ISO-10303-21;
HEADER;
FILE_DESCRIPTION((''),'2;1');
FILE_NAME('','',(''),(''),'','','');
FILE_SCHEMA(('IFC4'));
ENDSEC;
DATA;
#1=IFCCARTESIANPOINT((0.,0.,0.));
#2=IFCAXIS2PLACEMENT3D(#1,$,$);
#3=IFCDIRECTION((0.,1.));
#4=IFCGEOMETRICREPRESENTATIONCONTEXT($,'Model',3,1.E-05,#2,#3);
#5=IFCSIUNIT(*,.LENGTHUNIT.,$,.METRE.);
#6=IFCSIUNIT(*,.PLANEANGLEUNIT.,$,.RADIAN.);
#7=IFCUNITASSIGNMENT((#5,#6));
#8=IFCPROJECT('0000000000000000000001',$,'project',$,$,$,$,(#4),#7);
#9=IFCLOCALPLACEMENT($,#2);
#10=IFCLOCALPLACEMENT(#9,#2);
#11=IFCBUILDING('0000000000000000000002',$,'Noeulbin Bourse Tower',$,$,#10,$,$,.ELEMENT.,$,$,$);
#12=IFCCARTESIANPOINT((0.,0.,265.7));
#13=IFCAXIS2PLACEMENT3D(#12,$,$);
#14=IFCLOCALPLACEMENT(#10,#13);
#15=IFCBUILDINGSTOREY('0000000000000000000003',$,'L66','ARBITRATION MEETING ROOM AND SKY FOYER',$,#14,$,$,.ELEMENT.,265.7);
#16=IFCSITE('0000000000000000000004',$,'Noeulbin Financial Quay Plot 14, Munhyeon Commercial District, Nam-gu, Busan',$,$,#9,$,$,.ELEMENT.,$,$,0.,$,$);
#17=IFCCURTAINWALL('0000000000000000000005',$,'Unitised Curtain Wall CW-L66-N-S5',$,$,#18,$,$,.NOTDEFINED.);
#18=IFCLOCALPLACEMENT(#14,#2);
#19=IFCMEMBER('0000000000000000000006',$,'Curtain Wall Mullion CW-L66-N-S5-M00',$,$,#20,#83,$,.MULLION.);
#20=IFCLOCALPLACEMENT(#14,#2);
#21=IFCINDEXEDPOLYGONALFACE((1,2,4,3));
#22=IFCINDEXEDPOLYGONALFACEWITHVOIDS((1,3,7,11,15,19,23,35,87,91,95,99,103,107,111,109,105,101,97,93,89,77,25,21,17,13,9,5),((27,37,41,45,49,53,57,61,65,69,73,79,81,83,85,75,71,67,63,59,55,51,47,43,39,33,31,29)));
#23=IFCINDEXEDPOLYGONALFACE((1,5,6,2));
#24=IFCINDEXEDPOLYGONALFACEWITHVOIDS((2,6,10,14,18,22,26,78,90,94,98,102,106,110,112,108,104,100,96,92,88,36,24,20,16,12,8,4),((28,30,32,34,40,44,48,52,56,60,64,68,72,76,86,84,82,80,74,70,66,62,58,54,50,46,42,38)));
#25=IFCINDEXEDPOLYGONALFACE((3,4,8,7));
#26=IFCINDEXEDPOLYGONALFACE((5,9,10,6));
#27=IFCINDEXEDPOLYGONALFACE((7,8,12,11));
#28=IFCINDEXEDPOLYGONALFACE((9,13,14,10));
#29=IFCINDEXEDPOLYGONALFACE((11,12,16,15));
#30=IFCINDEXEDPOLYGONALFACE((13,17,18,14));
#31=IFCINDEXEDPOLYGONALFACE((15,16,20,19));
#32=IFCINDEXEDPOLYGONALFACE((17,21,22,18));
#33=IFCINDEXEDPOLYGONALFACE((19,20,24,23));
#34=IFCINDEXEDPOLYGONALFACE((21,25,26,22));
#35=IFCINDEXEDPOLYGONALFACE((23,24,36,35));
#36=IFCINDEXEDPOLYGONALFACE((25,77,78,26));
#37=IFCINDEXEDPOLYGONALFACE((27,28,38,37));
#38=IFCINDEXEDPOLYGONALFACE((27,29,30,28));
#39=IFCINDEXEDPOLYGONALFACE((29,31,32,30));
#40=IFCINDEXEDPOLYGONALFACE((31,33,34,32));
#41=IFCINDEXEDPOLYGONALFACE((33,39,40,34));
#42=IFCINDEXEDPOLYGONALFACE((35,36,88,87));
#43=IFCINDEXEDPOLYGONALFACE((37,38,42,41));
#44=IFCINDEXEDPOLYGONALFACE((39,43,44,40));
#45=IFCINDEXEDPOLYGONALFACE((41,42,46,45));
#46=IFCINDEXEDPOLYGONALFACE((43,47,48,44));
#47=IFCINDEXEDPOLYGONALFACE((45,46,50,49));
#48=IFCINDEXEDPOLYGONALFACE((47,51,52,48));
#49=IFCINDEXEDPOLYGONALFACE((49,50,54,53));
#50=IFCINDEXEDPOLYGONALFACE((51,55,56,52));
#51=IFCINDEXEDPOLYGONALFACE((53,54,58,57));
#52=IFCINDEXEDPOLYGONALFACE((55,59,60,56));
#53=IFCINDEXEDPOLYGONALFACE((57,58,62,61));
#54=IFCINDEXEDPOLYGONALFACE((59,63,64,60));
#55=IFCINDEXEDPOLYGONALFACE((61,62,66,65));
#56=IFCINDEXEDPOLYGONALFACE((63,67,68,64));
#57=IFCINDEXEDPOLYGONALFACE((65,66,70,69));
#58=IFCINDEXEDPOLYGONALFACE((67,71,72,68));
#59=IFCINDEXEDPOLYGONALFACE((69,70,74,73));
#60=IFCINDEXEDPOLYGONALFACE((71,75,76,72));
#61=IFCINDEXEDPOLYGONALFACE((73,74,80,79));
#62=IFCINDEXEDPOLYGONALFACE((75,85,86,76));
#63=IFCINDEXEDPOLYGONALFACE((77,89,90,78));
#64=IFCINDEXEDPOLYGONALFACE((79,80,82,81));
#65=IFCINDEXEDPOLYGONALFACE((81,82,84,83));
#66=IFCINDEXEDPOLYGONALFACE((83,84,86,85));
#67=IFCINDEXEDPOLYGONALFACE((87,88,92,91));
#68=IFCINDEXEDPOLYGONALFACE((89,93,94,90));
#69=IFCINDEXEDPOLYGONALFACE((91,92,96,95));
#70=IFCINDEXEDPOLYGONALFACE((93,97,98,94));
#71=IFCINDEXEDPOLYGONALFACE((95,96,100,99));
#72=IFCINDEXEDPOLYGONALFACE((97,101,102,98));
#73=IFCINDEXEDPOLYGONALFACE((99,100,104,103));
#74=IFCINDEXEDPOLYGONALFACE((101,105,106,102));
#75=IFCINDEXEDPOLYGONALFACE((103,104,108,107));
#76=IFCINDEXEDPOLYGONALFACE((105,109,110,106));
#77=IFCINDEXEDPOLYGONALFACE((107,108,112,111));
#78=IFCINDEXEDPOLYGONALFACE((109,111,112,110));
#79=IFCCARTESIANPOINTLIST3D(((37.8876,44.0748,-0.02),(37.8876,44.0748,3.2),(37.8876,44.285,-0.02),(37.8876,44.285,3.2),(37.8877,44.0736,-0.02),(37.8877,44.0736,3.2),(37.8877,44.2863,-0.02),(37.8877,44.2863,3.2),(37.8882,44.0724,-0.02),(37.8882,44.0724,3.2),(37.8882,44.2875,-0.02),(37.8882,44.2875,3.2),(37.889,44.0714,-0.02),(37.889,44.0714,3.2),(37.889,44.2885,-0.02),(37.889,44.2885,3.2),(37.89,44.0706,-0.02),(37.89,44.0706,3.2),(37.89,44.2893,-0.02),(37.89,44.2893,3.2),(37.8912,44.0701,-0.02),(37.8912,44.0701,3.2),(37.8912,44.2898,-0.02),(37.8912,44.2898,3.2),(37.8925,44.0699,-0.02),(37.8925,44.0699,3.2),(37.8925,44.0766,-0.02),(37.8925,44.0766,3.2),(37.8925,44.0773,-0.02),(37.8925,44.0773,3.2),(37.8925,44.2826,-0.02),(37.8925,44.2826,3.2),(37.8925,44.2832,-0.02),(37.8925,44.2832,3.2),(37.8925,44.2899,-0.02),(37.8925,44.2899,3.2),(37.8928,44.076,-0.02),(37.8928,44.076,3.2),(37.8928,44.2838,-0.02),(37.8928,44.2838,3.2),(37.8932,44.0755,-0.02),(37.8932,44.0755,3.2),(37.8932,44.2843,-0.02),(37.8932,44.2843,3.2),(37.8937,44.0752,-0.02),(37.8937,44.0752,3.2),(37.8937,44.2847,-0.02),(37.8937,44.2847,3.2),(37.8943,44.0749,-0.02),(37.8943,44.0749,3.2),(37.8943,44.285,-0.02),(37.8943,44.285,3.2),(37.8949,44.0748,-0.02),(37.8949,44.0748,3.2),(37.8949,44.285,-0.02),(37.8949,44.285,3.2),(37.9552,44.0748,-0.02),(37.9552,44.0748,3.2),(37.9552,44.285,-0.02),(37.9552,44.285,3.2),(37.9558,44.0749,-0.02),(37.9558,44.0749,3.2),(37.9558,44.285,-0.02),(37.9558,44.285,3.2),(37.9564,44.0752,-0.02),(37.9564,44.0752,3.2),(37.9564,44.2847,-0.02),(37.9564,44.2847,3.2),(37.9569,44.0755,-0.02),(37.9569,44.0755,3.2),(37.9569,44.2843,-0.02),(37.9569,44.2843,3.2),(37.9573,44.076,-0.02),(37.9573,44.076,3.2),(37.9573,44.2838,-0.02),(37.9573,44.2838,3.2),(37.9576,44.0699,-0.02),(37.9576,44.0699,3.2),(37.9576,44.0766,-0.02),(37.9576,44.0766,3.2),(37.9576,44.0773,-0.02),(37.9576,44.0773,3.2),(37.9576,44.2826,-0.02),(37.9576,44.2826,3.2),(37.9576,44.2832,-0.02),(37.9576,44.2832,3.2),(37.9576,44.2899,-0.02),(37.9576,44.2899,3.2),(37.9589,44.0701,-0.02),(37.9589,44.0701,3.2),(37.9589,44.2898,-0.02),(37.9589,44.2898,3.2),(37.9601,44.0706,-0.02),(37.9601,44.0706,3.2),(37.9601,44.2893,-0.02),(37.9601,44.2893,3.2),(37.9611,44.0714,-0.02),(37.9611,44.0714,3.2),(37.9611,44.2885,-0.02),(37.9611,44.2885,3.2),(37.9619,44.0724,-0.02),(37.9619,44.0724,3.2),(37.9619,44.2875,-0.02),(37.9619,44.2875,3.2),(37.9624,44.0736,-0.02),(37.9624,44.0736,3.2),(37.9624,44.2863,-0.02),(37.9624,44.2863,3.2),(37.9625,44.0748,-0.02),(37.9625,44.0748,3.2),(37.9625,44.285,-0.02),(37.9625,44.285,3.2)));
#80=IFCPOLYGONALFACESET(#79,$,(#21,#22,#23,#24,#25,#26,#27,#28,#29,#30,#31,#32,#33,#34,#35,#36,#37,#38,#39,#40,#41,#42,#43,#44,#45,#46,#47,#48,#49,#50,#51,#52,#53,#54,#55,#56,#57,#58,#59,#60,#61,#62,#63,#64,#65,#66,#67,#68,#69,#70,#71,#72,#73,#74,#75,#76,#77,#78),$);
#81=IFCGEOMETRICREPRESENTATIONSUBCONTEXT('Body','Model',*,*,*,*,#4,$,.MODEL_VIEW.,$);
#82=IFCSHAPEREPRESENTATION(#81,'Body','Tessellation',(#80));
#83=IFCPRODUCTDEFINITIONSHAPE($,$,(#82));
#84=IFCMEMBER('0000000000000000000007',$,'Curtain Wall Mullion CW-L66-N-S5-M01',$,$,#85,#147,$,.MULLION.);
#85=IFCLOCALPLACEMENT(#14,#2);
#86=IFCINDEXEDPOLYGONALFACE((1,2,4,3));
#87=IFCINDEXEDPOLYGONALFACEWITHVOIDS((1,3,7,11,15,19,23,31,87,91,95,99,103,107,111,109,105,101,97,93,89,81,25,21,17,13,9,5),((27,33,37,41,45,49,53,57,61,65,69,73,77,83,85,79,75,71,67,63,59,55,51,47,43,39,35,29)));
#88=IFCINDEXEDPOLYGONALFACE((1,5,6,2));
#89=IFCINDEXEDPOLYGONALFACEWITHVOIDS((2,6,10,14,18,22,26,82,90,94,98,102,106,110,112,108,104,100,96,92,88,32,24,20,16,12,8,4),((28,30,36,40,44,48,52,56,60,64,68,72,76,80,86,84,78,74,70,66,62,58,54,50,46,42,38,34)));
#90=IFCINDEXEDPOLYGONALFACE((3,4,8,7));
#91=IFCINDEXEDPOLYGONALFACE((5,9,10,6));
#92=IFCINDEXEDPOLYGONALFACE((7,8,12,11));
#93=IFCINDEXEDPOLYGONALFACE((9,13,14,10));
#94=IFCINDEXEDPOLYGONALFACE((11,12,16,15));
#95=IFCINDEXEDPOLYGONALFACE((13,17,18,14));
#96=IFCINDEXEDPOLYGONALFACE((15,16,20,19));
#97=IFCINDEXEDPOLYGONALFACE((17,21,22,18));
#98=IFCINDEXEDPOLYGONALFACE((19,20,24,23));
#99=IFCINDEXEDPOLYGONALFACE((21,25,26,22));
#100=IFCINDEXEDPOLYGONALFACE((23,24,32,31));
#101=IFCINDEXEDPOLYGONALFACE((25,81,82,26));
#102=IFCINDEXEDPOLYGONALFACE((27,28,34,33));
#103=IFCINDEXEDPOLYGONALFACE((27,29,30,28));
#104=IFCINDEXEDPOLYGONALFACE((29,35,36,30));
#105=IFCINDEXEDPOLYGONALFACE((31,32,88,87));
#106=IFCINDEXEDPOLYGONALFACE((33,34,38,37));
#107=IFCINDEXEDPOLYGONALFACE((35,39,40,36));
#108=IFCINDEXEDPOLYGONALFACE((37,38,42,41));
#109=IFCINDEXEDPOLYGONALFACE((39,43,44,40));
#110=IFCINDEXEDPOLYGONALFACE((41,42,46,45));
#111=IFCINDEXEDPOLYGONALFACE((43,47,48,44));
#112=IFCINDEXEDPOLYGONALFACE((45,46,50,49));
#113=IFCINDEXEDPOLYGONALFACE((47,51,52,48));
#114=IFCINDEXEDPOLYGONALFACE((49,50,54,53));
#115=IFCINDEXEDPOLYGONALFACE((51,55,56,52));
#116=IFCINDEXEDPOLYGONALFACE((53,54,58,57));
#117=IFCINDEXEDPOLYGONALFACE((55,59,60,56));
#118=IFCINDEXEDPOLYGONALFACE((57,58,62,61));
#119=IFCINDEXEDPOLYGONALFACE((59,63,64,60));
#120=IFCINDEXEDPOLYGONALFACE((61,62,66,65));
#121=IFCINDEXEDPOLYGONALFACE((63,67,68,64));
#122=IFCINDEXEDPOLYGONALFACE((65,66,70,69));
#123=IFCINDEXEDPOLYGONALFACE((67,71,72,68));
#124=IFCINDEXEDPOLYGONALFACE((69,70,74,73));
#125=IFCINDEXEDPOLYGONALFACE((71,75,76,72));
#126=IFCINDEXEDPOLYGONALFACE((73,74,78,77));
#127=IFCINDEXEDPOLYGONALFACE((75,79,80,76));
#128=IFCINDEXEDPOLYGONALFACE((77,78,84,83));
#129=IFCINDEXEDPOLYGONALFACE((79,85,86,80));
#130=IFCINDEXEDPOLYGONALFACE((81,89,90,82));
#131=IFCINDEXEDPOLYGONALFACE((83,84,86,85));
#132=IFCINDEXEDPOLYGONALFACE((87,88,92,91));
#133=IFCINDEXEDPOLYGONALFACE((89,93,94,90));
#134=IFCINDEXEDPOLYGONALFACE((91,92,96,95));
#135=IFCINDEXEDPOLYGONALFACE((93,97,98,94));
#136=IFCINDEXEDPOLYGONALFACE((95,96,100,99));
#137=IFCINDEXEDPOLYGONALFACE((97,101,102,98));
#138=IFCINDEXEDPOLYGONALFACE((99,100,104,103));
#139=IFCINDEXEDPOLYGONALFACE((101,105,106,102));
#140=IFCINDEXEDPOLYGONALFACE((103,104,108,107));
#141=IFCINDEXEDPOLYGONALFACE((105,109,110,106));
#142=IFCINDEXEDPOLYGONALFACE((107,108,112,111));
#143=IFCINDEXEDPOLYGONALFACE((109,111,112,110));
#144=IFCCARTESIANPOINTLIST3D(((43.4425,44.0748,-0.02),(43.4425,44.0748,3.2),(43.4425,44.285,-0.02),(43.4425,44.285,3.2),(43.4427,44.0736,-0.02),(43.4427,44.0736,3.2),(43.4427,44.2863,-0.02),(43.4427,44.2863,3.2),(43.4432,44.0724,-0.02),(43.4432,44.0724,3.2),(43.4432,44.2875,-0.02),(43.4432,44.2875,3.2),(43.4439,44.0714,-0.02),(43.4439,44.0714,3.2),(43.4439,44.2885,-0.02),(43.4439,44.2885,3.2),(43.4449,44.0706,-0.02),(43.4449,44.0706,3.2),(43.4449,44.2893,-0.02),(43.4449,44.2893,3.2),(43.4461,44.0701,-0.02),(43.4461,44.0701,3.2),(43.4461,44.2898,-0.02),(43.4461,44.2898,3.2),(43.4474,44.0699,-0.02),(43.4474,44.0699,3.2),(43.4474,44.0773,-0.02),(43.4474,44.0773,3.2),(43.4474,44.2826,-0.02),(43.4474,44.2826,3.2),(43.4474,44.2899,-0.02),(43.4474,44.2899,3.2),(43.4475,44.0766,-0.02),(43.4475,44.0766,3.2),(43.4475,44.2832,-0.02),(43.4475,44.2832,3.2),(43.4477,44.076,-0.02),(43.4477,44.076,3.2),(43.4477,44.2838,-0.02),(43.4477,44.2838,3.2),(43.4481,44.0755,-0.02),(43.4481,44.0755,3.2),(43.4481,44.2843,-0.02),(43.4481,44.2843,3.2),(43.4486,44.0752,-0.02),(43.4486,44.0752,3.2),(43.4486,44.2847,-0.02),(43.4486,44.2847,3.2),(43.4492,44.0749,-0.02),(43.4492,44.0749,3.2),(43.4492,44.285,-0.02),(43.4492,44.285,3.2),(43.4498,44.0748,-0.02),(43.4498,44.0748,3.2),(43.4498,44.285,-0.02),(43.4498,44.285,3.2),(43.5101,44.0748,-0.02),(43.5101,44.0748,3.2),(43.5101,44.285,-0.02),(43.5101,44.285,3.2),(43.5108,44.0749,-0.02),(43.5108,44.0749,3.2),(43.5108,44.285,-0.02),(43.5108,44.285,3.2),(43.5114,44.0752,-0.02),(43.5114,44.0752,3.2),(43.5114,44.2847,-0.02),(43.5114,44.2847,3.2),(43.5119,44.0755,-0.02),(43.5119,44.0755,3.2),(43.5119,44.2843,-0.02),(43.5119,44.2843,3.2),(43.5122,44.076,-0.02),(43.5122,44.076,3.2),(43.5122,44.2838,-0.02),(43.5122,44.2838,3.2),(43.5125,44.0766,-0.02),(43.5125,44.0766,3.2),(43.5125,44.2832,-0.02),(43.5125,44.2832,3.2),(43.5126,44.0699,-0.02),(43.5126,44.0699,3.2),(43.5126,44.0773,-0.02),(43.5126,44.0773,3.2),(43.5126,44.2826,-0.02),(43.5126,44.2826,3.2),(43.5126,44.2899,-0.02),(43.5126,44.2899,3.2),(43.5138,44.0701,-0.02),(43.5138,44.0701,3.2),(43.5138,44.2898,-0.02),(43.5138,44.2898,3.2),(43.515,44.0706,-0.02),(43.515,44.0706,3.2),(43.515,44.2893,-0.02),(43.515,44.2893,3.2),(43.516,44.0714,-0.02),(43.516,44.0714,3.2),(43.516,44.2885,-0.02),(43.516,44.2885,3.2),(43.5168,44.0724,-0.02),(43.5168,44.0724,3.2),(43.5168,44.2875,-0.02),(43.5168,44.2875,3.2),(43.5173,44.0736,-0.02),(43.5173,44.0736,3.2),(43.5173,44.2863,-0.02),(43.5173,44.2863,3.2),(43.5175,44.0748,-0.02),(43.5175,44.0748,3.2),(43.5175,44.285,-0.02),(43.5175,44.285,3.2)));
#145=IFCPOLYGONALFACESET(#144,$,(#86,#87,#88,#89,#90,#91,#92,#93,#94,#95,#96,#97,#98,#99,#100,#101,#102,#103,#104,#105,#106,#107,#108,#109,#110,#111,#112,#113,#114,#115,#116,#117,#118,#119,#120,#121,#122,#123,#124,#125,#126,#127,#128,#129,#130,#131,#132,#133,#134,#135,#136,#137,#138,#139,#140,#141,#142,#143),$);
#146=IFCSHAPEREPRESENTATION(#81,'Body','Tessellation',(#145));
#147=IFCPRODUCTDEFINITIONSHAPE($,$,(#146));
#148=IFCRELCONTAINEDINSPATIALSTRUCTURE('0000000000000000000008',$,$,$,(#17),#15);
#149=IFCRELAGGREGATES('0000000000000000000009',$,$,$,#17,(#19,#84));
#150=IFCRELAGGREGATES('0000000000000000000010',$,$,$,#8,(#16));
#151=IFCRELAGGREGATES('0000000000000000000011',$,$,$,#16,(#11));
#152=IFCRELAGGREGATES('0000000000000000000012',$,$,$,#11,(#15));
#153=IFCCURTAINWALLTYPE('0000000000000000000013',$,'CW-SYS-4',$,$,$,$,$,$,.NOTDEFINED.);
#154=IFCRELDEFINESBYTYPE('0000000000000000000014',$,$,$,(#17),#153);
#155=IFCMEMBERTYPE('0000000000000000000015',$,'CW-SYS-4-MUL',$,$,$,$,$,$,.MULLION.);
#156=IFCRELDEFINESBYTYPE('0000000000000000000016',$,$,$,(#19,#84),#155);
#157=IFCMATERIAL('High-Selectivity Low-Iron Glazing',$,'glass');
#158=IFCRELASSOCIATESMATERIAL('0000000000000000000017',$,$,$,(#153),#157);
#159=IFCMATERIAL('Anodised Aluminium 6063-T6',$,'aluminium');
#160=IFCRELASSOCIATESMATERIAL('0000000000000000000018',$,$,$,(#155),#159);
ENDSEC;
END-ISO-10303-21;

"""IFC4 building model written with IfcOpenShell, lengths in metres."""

from ifc_helpers import new_model, si_unit, direction, frame, origin, origin_2d, place, context, subcontext, project, spatial, hollow_rectangle, extrude, material, material_profile, profile_set, type_object, element, aggregate, save


model = new_model("IFC4")

# Units and contexts
model_context = context("Model", 3, precision=1e-05, world=origin(), true_north=direction((0.0, 1.0)))
body_context = subcontext(model_context, "Body", "Model", "MODEL_VIEW")
ifc_project = project(units=[si_unit("LENGTHUNIT", "METRE"), si_unit("PLANEANGLEUNIT", "RADIAN")], contexts=[model_context])

# Site, building, storey
site_placement = place(None, origin())
site = spatial("IfcSite", under=ifc_project, at=site_placement, Name="Noeulbin Financial Quay Plot 14, Munhyeon Commercial District, Nam-gu, Busan", CompositionType="ELEMENT", RefElevation=0.0)
building_placement = place(site_placement, origin())
building = spatial("IfcBuilding", under=site, at=building_placement, Name="Noeulbin Bourse Tower", CompositionType="ELEMENT")
storey_placement = place(building_placement, frame((0.0, 0.0, 265.7)))
storey = spatial("IfcBuildingStorey", under=building, at=storey_placement, Name="L66", Description="ARBITRATION MEETING ROOM AND SKY FOYER", CompositionType="ELEMENT", Elevation=265.7)

# Curtain wall, members
ifc_material_1 = material(Name="High-Selectivity Low-Iron Glazing", Category="glass")
curtain_wall_type = type_object("IfcCurtainWallType", Name="CW-SYS-4", PredefinedType="NOTDEFINED", material=ifc_material_1)
curtain_wall_1_placement = place(storey_placement, origin())
curtain_wall_1 = element("IfcCurtainWall", 1, at=curtain_wall_1_placement, inside=storey, type_object=curtain_wall_type, Name="Unitised Curtain Wall CW-L66-N-S5", PredefinedType="NOTDEFINED")
ifc_material_2 = material(Name="Anodised Aluminium 6063-T6", Category="aluminium")
ifc_material_profile_1 = material_profile(ifc_material_2, hollow_rectangle(XDim=0.075, YDim=0.22, WallThickness=0.0049, InnerFilletRadius=0.0024, OuterFilletRadius=0.0049, at=origin_2d()), Name="ALU-MULL-75x220x5", Category="LoadBearing")
ifc_profile_set_1 = profile_set([ifc_material_profile_1], Name="Anodised Aluminium 6063-T6")
member_type_1 = type_object("IfcMemberType", Name="CW-SYS-4-MUL", PredefinedType="MULLION", material=ifc_profile_set_1)
member_1_placement = place(storey_placement, frame((37.925, 44.1799, -0.02), z_axis=(0.0, 0.0, 1.0), x_axis=(1.0, 0.0, 0.0)))
member_1 = element("IfcMember", 2, at=member_1_placement, type_object=member_type_1, Name="Curtain Wall Mullion CW-L66-N-S5-M00", PredefinedType="MULLION", context=body_context, shape_type="SweptSolid", body=[
    extrude(hollow_rectangle(XDim=0.075, YDim=0.22, WallThickness=0.0049, InnerFilletRadius=0.0024, OuterFilletRadius=0.0049, at=origin_2d()), origin(), (0.0, 0.0, 1.0), 3.22),
])
member_2_placement = place(storey_placement, frame((43.48, 44.1799, -0.02), z_axis=(0.0, 0.0, 1.0), x_axis=(1.0, 0.0, 0.0)))
member_2 = element("IfcMember", 3, at=member_2_placement, type_object=member_type_1, Name="Curtain Wall Mullion CW-L66-N-S5-M01", PredefinedType="MULLION", context=body_context, shape_type="SweptSolid", body=[
    extrude(hollow_rectangle(XDim=0.075, YDim=0.22, WallThickness=0.0049, InnerFilletRadius=0.0024, OuterFilletRadius=0.0049, at=origin_2d()), origin(), (0.0, 0.0, 1.0), 3.22),
])

aggregate(curtain_wall_1, [member_1, member_2])

save(model, "model.ifc")
